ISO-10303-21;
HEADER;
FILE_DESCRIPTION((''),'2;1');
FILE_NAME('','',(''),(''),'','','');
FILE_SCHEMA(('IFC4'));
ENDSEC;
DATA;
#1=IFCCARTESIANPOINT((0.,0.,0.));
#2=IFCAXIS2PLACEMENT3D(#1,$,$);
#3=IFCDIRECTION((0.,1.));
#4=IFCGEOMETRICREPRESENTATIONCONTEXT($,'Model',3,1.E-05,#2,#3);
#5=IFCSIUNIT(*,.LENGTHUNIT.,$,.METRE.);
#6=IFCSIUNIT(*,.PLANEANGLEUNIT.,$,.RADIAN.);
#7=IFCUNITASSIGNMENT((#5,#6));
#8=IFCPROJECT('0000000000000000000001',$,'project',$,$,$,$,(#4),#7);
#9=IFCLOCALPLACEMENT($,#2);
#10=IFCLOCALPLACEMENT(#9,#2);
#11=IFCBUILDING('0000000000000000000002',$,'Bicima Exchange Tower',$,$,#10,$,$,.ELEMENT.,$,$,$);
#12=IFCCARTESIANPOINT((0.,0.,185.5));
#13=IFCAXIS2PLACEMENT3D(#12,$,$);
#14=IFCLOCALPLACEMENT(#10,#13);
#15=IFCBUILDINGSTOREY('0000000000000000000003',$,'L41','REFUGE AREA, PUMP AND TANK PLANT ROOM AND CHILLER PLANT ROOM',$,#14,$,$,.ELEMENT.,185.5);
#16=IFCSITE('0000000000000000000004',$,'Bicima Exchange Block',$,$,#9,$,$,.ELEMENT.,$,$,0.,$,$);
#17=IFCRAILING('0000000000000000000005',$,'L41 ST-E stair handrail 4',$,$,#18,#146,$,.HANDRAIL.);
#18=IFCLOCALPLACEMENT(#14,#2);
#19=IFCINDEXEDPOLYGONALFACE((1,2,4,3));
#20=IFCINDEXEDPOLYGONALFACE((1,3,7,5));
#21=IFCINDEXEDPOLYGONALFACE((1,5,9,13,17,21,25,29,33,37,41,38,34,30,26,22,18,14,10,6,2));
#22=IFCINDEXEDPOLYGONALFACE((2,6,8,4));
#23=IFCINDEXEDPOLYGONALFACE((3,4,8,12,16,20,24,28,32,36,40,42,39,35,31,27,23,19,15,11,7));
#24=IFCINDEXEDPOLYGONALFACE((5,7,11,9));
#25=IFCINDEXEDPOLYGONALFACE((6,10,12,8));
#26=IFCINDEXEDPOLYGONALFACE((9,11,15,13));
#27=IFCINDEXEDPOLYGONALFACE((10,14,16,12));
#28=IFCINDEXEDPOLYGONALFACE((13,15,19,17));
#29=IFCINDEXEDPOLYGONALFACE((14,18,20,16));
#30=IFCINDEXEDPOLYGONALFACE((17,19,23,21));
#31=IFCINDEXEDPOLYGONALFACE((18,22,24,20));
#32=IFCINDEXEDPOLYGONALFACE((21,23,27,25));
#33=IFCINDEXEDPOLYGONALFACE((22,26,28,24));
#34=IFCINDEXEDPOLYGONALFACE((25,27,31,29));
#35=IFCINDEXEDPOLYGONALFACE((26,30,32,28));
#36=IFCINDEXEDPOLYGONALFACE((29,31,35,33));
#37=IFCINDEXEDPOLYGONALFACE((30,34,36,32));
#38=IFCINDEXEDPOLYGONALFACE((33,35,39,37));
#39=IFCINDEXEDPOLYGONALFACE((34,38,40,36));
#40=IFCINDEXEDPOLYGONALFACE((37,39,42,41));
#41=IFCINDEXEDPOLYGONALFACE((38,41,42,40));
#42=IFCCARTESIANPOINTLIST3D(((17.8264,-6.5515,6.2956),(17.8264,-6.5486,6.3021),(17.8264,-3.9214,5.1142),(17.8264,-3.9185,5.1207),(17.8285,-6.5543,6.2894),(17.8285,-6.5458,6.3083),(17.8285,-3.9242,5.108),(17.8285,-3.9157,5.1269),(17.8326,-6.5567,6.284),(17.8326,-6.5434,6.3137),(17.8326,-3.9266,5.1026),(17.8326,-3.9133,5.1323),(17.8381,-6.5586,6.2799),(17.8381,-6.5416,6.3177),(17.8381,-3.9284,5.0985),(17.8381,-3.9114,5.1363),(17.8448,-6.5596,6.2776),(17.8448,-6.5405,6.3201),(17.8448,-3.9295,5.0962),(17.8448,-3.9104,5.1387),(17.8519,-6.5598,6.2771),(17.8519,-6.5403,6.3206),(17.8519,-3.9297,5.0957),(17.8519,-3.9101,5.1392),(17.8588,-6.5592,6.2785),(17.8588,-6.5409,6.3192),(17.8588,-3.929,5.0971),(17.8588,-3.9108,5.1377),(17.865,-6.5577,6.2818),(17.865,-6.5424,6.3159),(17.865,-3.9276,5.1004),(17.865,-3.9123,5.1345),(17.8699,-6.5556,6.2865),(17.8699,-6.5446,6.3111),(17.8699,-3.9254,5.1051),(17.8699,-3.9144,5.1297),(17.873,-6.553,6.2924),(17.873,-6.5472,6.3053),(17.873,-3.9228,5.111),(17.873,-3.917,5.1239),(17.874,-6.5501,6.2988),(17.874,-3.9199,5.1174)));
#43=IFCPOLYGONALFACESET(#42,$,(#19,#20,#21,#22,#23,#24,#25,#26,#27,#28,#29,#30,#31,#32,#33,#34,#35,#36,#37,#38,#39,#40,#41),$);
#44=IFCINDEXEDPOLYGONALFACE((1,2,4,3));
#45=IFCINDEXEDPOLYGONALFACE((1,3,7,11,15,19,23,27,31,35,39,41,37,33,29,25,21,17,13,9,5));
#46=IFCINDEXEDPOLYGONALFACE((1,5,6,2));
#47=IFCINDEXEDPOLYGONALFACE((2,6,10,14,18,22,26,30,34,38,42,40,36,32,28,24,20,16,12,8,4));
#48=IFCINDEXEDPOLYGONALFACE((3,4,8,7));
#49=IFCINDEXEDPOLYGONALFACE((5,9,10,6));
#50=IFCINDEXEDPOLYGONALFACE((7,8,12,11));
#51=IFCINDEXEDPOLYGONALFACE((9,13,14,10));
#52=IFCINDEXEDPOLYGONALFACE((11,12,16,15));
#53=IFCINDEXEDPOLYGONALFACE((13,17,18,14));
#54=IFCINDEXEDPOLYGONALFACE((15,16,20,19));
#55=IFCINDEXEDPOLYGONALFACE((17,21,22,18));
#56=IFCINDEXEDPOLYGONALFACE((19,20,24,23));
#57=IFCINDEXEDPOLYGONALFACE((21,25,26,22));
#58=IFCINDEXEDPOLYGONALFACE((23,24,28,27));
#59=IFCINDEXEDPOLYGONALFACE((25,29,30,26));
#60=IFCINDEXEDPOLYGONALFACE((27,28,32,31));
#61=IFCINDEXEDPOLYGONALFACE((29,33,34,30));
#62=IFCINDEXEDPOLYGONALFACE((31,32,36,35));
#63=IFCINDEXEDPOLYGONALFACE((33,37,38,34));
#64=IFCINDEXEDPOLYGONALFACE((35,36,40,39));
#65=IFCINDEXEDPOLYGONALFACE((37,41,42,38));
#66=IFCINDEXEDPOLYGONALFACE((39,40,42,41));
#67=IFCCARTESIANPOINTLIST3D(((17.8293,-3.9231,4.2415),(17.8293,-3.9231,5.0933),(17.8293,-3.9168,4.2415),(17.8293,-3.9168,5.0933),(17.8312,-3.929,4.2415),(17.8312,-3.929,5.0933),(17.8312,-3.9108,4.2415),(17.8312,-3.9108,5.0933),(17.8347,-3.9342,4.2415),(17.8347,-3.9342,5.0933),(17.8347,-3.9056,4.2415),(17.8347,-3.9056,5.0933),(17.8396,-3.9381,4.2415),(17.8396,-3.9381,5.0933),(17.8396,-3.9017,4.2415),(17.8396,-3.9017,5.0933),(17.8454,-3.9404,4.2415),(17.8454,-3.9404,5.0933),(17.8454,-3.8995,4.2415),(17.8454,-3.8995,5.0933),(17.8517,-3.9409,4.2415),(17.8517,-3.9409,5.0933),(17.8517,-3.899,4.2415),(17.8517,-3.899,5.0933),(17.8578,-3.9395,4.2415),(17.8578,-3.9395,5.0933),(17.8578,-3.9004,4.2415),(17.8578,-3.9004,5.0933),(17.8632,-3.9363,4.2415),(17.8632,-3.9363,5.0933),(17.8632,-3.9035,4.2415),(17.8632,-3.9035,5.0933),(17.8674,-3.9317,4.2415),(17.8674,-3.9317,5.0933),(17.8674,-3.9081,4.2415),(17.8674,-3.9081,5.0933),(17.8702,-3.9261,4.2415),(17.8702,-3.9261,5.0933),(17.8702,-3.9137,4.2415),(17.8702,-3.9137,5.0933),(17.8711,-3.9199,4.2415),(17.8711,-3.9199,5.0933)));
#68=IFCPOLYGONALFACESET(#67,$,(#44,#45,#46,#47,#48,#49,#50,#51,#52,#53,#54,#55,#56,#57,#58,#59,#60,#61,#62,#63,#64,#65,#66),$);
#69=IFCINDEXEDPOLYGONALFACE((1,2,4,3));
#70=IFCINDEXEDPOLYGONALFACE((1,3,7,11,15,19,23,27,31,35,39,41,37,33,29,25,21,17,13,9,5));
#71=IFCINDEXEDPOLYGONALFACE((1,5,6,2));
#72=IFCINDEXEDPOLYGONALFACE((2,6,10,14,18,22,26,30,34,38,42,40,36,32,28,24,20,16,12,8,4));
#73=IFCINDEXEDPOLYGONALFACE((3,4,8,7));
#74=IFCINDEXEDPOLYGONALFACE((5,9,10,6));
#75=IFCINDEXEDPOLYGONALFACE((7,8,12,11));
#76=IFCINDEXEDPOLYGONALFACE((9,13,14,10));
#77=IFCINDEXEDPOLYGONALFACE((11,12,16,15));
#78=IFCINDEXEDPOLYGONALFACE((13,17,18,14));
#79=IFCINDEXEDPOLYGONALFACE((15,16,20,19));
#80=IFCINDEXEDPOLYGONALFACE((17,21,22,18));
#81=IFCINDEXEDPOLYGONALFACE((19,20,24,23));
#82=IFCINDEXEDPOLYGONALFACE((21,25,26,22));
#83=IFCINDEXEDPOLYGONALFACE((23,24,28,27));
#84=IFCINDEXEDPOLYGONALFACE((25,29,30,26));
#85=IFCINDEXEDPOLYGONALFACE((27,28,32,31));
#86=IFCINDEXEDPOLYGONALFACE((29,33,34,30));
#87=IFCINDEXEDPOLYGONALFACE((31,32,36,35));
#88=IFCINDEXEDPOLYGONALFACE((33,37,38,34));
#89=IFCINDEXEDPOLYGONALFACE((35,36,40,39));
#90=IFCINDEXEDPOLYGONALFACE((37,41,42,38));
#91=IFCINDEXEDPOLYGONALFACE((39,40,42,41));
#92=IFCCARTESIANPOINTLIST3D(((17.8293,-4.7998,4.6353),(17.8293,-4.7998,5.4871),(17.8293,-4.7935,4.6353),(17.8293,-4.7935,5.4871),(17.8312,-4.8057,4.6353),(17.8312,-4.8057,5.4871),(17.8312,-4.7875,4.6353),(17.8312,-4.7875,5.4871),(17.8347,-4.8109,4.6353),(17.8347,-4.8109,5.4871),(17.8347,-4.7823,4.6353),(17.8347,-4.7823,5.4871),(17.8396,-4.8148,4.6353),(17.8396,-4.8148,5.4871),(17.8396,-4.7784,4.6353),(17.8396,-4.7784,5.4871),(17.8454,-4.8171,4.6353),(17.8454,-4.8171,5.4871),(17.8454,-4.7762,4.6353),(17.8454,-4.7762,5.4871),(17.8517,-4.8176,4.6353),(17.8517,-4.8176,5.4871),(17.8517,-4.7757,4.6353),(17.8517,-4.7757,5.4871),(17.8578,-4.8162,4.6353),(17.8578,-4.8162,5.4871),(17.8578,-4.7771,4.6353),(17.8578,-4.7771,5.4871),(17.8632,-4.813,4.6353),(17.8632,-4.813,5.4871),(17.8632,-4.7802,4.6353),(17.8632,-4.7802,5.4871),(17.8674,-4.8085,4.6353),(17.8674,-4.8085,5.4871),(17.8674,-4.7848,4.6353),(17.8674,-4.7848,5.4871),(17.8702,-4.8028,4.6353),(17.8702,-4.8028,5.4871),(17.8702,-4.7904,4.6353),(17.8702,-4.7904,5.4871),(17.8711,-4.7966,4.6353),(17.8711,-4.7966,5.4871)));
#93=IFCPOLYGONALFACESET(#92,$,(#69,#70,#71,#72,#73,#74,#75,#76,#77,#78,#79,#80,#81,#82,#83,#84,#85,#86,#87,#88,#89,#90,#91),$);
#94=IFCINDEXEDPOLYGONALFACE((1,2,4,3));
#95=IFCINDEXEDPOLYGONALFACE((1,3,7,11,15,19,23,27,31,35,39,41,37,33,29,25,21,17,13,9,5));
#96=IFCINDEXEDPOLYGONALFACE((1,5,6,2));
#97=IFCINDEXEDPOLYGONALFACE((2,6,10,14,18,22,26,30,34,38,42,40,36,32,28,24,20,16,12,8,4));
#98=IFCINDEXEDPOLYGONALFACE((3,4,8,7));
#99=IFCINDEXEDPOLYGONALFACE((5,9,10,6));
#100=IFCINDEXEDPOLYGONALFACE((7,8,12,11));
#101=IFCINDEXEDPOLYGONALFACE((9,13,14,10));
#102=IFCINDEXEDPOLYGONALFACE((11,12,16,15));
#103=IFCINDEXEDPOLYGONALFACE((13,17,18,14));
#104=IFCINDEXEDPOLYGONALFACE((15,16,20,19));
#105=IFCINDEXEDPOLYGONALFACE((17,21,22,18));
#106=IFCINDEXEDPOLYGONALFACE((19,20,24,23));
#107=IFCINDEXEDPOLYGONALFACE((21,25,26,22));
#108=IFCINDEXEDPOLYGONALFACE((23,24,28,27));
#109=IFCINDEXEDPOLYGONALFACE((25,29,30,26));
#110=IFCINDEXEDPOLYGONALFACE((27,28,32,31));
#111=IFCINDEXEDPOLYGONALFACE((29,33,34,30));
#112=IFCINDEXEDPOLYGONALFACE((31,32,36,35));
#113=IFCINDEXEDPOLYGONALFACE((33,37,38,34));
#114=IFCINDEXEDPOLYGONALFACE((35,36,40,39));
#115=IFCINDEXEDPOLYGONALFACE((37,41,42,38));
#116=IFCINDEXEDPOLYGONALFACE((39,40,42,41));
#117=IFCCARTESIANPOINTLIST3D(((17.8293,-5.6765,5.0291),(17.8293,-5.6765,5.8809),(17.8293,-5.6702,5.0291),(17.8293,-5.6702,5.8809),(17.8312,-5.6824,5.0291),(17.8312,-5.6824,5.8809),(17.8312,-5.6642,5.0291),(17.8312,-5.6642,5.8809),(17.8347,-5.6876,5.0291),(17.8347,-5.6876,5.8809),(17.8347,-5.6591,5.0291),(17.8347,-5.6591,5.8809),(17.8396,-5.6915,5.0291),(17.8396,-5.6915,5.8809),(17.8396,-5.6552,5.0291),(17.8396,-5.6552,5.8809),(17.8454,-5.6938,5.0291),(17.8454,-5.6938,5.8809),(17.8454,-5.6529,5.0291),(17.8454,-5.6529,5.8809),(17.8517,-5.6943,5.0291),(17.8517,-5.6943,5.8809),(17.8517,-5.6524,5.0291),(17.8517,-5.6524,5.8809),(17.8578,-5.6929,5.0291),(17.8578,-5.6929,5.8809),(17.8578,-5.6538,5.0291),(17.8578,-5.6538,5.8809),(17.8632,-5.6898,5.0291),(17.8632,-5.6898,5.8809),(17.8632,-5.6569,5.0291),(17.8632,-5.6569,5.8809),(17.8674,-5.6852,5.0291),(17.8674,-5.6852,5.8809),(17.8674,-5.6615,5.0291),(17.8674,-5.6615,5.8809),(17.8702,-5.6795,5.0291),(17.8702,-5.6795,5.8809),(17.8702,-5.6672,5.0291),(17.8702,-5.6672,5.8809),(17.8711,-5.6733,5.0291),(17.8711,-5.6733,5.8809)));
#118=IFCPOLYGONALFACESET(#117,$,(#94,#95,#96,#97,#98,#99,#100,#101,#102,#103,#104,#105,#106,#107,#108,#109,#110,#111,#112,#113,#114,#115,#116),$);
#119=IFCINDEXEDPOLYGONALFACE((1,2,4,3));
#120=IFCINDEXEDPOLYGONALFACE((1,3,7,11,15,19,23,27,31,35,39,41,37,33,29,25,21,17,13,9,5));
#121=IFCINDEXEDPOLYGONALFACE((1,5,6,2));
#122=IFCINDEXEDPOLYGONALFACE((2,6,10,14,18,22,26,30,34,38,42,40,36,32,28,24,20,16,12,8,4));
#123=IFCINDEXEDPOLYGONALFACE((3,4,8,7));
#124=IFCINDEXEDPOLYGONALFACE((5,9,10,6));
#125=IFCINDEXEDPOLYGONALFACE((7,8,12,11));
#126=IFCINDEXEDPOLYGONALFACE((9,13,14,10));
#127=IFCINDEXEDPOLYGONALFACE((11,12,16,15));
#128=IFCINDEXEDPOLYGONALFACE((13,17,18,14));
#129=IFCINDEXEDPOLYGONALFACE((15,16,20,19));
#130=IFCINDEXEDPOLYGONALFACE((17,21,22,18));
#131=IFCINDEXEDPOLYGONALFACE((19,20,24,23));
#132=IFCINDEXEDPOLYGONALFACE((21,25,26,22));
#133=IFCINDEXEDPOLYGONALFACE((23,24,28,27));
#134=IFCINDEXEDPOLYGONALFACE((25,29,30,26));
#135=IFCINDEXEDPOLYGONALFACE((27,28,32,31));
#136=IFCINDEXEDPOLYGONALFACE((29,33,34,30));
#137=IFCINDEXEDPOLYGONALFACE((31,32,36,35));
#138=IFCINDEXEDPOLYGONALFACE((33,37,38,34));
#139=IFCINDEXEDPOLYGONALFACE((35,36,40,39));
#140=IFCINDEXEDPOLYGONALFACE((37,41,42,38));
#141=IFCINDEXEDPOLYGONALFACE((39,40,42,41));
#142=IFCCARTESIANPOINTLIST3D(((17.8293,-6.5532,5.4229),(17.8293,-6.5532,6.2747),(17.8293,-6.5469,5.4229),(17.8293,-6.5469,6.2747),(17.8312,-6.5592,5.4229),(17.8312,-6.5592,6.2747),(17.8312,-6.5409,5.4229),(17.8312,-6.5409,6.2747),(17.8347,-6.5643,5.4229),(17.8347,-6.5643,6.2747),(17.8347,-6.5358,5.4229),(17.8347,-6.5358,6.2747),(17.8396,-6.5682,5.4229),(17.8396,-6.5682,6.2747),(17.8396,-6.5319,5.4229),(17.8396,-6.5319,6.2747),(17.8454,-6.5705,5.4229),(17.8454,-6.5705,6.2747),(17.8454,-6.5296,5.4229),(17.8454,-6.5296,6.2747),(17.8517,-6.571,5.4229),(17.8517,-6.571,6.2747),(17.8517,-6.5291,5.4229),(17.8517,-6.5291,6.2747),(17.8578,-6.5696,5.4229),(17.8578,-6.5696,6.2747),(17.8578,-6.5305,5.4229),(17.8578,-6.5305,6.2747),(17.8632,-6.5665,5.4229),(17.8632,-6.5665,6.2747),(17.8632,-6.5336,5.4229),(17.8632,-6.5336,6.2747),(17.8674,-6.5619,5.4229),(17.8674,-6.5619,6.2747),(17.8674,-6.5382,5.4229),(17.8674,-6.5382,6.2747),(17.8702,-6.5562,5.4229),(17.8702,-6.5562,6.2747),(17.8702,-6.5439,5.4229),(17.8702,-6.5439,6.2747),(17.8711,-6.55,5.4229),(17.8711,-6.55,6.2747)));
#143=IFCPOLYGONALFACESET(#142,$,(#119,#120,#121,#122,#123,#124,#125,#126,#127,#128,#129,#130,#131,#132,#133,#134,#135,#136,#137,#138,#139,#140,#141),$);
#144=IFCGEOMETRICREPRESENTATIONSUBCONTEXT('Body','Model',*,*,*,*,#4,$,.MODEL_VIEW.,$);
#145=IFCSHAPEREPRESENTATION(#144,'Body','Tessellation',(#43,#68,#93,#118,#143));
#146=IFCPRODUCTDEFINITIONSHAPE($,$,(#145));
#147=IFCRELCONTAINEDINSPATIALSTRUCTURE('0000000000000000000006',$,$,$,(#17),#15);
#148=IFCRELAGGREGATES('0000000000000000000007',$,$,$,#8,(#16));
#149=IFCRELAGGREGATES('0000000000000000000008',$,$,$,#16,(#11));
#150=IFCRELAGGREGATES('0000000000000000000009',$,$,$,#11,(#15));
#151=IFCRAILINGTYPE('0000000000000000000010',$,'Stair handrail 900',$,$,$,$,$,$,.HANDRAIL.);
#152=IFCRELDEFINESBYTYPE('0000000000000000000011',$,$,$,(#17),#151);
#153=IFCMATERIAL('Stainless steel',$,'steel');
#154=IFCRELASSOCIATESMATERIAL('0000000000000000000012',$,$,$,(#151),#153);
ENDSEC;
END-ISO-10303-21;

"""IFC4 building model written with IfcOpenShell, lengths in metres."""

from ifc_helpers import new_model, si_unit, direction, frame, origin, origin_2d, place, context, subcontext, project, spatial, circle, extrude, material, type_object, element, save


model = new_model("IFC4")

# Units and contexts
model_context = context("Model", 3, precision=1e-05, world=origin(), true_north=direction((0.0, 1.0)))
body_context = subcontext(model_context, "Body", "Model", "MODEL_VIEW")
ifc_project = project(units=[si_unit("LENGTHUNIT", "METRE"), si_unit("PLANEANGLEUNIT", "RADIAN")], contexts=[model_context])

# Site, building, storey
site_placement = place(None, origin())
site = spatial("IfcSite", under=ifc_project, at=site_placement, Name="Bicima Exchange Block", CompositionType="ELEMENT", RefElevation=0.0)
building_placement = place(site_placement, origin())
building = spatial("IfcBuilding", under=site, at=building_placement, Name="Bicima Exchange Tower", CompositionType="ELEMENT")
storey_placement = place(building_placement, frame((0.0, 0.0, 185.5)))
storey = spatial("IfcBuildingStorey", under=building, at=storey_placement, Name="L41", Description="REFUGE AREA, PUMP AND TANK PLANT ROOM AND CHILLER PLANT ROOM", CompositionType="ELEMENT", Elevation=185.5)

# Railing
ifc_material_1 = material(Name="Stainless steel", Category="steel")
railing_type_1 = type_object("IfcRailingType", Name="Stair handrail 900", PredefinedType="HANDRAIL", material=ifc_material_1)
railing_1_placement = place(storey_placement, frame((17.8501, -3.9199, 4.2415)))
element("IfcRailing", 1, at=railing_1_placement, inside=storey, type_object=railing_type_1, Name="L41 ST-E stair handrail 4", PredefinedType="HANDRAIL", context=body_context, shape_type="SweptSolid", body=[
    extrude(circle(Radius=0.0239, at=origin_2d()), frame((0.0, 0.0, 0.876), z_axis=(0.0, -0.912202, 0.409741), x_axis=(1.0, 0.0, 0.0)), (0.0, 0.0, 1.0), 2.8833),
    extrude(circle(Radius=0.021, at=origin_2d()), origin(), (0.0, 0.0, 1.0), 0.8518),
    extrude(circle(Radius=0.021, at=origin_2d()), frame((0.0, -0.8767, 0.3938)), (0.0, 0.0, 1.0), 0.8518),
    extrude(circle(Radius=0.021, at=origin_2d()), frame((0.0, -1.7534, 0.7876)), (0.0, 0.0, 1.0), 0.8518),
    extrude(circle(Radius=0.021, at=origin_2d()), frame((0.0, -2.6301, 1.1814)), (0.0, 0.0, 1.0), 0.8518),
])

save(model, "model.ifc")
